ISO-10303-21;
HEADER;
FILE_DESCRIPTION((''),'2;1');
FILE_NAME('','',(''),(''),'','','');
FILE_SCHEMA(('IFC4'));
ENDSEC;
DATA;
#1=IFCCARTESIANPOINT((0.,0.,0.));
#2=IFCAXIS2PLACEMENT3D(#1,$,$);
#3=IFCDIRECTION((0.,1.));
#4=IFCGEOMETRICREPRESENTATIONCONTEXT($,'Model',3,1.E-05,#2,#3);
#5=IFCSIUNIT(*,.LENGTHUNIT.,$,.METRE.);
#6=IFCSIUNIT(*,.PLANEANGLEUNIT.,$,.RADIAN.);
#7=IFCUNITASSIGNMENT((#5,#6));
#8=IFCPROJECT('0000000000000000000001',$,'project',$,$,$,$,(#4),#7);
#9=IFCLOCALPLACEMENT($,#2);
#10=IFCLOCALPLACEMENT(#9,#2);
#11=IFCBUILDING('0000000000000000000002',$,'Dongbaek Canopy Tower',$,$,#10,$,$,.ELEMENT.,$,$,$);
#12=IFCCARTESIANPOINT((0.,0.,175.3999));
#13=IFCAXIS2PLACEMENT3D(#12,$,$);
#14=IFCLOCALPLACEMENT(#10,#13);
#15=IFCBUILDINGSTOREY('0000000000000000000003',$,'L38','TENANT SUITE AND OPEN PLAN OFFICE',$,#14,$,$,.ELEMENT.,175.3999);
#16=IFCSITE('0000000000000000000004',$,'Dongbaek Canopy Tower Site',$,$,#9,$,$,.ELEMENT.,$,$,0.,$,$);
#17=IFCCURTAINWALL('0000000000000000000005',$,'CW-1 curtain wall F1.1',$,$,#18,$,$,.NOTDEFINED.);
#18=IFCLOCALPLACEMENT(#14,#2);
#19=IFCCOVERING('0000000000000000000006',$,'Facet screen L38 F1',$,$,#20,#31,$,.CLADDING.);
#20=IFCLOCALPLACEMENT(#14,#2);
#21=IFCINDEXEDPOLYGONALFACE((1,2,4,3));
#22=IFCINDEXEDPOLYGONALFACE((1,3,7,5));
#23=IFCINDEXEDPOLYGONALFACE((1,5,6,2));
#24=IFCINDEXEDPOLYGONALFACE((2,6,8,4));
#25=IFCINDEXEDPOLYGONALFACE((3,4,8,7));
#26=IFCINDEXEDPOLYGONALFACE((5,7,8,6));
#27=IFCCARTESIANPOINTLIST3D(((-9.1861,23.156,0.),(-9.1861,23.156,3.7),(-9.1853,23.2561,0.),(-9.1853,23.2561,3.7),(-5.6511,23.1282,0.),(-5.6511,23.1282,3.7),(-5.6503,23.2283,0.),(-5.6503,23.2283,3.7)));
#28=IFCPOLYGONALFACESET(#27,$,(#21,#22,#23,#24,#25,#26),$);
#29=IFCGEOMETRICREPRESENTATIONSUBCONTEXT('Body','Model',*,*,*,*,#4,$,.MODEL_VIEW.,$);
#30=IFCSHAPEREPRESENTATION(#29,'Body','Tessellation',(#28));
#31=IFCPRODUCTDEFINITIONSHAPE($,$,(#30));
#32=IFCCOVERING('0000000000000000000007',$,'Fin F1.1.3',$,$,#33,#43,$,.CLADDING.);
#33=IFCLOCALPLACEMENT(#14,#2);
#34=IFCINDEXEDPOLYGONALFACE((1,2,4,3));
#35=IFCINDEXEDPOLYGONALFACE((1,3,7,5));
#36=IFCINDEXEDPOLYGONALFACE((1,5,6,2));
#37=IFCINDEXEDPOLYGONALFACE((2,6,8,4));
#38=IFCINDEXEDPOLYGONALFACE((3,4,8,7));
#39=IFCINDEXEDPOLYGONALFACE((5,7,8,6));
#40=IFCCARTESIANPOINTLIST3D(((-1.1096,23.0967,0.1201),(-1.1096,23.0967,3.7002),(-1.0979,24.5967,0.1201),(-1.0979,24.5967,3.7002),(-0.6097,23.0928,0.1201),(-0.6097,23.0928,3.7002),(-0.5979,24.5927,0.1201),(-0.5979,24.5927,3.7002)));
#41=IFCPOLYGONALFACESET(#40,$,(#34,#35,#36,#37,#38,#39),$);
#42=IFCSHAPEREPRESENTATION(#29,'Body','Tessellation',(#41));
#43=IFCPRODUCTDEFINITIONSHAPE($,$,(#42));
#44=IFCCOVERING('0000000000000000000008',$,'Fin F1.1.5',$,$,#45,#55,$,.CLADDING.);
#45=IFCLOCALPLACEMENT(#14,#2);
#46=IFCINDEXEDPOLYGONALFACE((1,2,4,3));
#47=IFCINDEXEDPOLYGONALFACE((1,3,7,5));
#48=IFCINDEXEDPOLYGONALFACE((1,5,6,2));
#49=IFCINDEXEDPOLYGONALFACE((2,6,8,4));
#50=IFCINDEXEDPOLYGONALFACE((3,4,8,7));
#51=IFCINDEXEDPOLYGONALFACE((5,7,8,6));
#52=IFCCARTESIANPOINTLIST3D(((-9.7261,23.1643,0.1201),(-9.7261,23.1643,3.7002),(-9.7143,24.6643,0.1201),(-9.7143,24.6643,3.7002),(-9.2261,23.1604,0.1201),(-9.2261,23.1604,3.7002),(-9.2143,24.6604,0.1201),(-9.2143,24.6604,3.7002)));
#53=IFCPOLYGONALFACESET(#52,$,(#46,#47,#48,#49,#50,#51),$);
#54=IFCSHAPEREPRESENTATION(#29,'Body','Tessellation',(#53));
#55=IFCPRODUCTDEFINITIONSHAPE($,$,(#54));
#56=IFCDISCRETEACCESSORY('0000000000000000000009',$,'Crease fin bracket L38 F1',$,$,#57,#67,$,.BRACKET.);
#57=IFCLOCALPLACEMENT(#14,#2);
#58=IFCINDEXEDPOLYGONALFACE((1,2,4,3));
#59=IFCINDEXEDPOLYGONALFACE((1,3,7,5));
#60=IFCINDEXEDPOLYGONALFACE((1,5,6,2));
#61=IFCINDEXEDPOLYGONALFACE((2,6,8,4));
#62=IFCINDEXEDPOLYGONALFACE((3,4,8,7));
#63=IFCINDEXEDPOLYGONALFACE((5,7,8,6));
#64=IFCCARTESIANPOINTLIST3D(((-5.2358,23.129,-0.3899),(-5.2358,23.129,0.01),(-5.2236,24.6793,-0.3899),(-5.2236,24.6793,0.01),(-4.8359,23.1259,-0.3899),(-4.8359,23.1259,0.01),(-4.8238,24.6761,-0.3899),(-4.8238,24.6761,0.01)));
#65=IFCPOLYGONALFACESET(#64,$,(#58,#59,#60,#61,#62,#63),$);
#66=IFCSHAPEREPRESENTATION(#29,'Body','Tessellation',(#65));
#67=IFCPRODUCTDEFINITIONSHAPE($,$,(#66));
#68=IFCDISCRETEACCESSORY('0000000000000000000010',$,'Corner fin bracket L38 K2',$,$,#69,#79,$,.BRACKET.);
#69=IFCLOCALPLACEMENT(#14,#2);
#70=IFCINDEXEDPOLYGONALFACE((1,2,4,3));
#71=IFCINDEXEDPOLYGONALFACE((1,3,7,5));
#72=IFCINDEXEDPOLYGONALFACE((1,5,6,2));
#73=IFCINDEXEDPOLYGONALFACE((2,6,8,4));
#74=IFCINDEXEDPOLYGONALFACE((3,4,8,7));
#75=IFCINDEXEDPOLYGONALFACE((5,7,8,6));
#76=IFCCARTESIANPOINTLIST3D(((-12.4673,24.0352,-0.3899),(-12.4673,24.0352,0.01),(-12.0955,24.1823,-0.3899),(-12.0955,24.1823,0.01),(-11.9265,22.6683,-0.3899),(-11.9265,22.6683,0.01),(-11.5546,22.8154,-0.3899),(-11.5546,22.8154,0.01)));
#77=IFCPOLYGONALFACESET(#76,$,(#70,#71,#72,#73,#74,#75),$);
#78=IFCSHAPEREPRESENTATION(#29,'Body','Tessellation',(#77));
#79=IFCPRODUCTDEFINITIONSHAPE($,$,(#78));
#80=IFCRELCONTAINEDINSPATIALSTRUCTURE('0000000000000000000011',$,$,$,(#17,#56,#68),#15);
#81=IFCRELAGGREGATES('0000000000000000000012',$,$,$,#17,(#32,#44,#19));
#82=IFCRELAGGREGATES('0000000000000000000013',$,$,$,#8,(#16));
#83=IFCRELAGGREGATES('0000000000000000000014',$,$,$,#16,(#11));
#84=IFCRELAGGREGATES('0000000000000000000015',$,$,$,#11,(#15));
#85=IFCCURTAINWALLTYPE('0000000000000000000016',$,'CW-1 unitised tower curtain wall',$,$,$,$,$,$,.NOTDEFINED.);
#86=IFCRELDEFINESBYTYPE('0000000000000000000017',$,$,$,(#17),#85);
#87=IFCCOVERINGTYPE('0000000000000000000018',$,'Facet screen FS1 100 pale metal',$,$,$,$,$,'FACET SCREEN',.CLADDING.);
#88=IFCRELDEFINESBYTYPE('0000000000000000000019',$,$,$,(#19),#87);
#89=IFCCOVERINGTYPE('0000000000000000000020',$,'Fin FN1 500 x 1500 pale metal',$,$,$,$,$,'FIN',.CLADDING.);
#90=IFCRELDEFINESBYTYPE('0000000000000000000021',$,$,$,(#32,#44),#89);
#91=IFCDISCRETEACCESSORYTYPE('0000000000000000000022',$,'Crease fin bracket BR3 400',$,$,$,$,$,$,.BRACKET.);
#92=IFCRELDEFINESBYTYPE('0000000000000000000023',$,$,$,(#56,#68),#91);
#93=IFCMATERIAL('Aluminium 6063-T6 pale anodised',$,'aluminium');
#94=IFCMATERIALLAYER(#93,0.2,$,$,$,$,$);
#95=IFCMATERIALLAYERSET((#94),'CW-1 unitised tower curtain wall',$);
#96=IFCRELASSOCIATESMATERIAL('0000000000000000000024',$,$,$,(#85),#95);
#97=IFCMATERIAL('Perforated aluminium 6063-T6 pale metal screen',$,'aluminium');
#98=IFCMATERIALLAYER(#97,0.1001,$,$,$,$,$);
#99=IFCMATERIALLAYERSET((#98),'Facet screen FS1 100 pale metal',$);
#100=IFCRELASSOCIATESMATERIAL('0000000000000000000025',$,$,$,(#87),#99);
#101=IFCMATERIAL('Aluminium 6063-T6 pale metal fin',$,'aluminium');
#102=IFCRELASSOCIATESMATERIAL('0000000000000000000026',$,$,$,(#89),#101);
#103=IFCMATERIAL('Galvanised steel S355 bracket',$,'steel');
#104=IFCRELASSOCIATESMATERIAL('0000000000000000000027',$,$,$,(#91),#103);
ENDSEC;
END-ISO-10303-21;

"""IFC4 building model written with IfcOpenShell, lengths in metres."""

from ifc_helpers import new_model, si_unit, direction, frame, origin, origin_2d, place, context, subcontext, project, spatial, rectangle, extrude, material, layer, layer_set, material_profile, profile_set, type_object, element, aggregate, save


model = new_model("IFC4")

# Units and contexts
model_context = context("Model", 3, precision=1e-05, world=origin(), true_north=direction((0.0, 1.0)))
body_context = subcontext(model_context, "Body", "Model", "MODEL_VIEW")
ifc_project = project(units=[si_unit("LENGTHUNIT", "METRE"), si_unit("PLANEANGLEUNIT", "RADIAN")], contexts=[model_context])

# Site, building, storey
site_placement = place(None, origin())
site = spatial("IfcSite", under=ifc_project, at=site_placement, Name="Dongbaek Canopy Tower Site", CompositionType="ELEMENT", RefElevation=0.0)
building_placement = place(site_placement, origin())
building = spatial("IfcBuilding", under=site, at=building_placement, Name="Dongbaek Canopy Tower", CompositionType="ELEMENT")
storey_placement = place(building_placement, frame((0.0, 0.0, 175.3999)))
storey = spatial("IfcBuildingStorey", under=building, at=storey_placement, Name="L38", Description="TENANT SUITE AND OPEN PLAN OFFICE", CompositionType="ELEMENT", Elevation=175.3999)

# Curtain wall
ifc_material_1 = material(Name="Aluminium 6063-T6 pale anodised", Category="aluminium")
ifc_layer_1 = layer(ifc_material_1, 0.2)
ifc_layer_set_1 = layer_set([ifc_layer_1], Name="CW-1 unitised tower curtain wall")
curtain_wall_type = type_object("IfcCurtainWallType", Name="CW-1 unitised tower curtain wall", PredefinedType="NOTDEFINED", material=ifc_layer_set_1)
curtain_wall_1_placement = place(storey_placement, origin())
curtain_wall_1 = element("IfcCurtainWall", 1, at=curtain_wall_1_placement, inside=storey, type_object=curtain_wall_type, Name="CW-1 curtain wall F1.1", PredefinedType="NOTDEFINED")

# Coverings
ifc_material_2 = material(Name="Perforated aluminium 6063-T6 pale metal screen", Category="aluminium")
ifc_layer_2 = layer(ifc_material_2, 0.1001)
ifc_layer_set_2 = layer_set([ifc_layer_2], Name="Facet screen FS1 100 pale metal")
covering_type_1 = type_object("IfcCoveringType", Name="Facet screen FS1 100 pale metal", ElementType="FACET SCREEN", PredefinedType="CLADDING", material=ifc_layer_set_2)
covering_1_placement = place(storey_placement, frame((-7.4182, 23.1921, 0.0), z_axis=(0.0, 0.0, 1.0), x_axis=(-0.999969, 0.007847, 0.0)))
covering_1 = element("IfcCovering", 2, at=covering_1_placement, type_object=covering_type_1, Name="Facet screen L38 F1", PredefinedType="CLADDING", context=body_context, shape_type="SweptSolid", body=[
    extrude(rectangle(XDim=3.5352, YDim=0.1001, at=origin_2d()), origin(), (0.0, 0.0, 1.0), 3.7),
])
ifc_material_3 = material(Name="Aluminium 6063-T6 pale metal fin", Category="aluminium")
ifc_material_profile_1 = material_profile(ifc_material_3, rectangle(XDim=1.5, YDim=0.5, at=origin_2d()), Name="Fin FN1 500 x 1500 pale metal")
ifc_profile_set_1 = profile_set([ifc_material_profile_1], Name="Aluminium 6063-T6 pale metal fin")
covering_type_2 = type_object("IfcCoveringType", Name="Fin FN1 500 x 1500 pale metal", ElementType="FIN", PredefinedType="CLADDING", material=ifc_profile_set_1)
covering_2_placement = place(storey_placement, frame((-0.8538, 23.8447, 0.1201), z_axis=(0.0, 0.0, 1.0), x_axis=(0.007847, 0.999969, 0.0)))
covering_2 = element("IfcCovering", 3, at=covering_2_placement, type_object=covering_type_2, Name="Fin F1.1.3", PredefinedType="CLADDING", context=body_context, shape_type="SweptSolid", body=[
    extrude(rectangle(XDim=1.5, YDim=0.5, at=origin_2d()), origin(), (0.0, 0.0, 1.0), 3.5801),
])
covering_3_placement = place(storey_placement, frame((-9.4702, 23.9124, 0.1201), z_axis=(0.0, 0.0, 1.0), x_axis=(0.007847, 0.999969, 0.0)))
covering_3 = element("IfcCovering", 4, at=covering_3_placement, type_object=covering_type_2, Name="Fin F1.1.5", PredefinedType="CLADDING", context=body_context, shape_type="SweptSolid", body=[
    extrude(rectangle(XDim=1.5, YDim=0.5, at=origin_2d()), origin(), (0.0, 0.0, 1.0), 3.5801),
])
aggregate(curtain_wall_1, [covering_2, covering_3, covering_1])

# Discrete accessories
ifc_material_4 = material(Name="Galvanised steel S355 bracket", Category="steel")
discrete_accessory_type = type_object("IfcDiscreteAccessoryType", Name="Crease fin bracket BR3 400", PredefinedType="BRACKET", material=ifc_material_4)
discrete_accessory_1_placement = place(storey_placement, frame((-5.0298, 23.9026, -0.3899), z_axis=(0.0, 0.0, 1.0), x_axis=(0.007847, 0.999969, 0.0)))
element("IfcDiscreteAccessory", 5, at=discrete_accessory_1_placement, inside=storey, type_object=discrete_accessory_type, Name="Crease fin bracket L38 F1", PredefinedType="BRACKET", context=body_context, shape_type="SweptSolid", body=[
    extrude(rectangle(XDim=1.5503, YDim=0.3999, at=origin_2d()), origin(), (0.0, 0.0, 1.0), 0.3999),
])
discrete_accessory_2_placement = place(storey_placement, frame((-12.011, 23.4253, -0.3899), z_axis=(0.0, 0.0, 1.0), x_axis=(-0.367936, 0.929851, 0.0)))
element("IfcDiscreteAccessory", 6, at=discrete_accessory_2_placement, inside=storey, type_object=discrete_accessory_type, Name="Corner fin bracket L38 K2", PredefinedType="BRACKET", context=body_context, shape_type="SweptSolid", body=[
    extrude(rectangle(XDim=1.47, YDim=0.3999, at=origin_2d()), origin(), (0.0, 0.0, 1.0), 0.3999),
])

save(model, "model.ifc")
